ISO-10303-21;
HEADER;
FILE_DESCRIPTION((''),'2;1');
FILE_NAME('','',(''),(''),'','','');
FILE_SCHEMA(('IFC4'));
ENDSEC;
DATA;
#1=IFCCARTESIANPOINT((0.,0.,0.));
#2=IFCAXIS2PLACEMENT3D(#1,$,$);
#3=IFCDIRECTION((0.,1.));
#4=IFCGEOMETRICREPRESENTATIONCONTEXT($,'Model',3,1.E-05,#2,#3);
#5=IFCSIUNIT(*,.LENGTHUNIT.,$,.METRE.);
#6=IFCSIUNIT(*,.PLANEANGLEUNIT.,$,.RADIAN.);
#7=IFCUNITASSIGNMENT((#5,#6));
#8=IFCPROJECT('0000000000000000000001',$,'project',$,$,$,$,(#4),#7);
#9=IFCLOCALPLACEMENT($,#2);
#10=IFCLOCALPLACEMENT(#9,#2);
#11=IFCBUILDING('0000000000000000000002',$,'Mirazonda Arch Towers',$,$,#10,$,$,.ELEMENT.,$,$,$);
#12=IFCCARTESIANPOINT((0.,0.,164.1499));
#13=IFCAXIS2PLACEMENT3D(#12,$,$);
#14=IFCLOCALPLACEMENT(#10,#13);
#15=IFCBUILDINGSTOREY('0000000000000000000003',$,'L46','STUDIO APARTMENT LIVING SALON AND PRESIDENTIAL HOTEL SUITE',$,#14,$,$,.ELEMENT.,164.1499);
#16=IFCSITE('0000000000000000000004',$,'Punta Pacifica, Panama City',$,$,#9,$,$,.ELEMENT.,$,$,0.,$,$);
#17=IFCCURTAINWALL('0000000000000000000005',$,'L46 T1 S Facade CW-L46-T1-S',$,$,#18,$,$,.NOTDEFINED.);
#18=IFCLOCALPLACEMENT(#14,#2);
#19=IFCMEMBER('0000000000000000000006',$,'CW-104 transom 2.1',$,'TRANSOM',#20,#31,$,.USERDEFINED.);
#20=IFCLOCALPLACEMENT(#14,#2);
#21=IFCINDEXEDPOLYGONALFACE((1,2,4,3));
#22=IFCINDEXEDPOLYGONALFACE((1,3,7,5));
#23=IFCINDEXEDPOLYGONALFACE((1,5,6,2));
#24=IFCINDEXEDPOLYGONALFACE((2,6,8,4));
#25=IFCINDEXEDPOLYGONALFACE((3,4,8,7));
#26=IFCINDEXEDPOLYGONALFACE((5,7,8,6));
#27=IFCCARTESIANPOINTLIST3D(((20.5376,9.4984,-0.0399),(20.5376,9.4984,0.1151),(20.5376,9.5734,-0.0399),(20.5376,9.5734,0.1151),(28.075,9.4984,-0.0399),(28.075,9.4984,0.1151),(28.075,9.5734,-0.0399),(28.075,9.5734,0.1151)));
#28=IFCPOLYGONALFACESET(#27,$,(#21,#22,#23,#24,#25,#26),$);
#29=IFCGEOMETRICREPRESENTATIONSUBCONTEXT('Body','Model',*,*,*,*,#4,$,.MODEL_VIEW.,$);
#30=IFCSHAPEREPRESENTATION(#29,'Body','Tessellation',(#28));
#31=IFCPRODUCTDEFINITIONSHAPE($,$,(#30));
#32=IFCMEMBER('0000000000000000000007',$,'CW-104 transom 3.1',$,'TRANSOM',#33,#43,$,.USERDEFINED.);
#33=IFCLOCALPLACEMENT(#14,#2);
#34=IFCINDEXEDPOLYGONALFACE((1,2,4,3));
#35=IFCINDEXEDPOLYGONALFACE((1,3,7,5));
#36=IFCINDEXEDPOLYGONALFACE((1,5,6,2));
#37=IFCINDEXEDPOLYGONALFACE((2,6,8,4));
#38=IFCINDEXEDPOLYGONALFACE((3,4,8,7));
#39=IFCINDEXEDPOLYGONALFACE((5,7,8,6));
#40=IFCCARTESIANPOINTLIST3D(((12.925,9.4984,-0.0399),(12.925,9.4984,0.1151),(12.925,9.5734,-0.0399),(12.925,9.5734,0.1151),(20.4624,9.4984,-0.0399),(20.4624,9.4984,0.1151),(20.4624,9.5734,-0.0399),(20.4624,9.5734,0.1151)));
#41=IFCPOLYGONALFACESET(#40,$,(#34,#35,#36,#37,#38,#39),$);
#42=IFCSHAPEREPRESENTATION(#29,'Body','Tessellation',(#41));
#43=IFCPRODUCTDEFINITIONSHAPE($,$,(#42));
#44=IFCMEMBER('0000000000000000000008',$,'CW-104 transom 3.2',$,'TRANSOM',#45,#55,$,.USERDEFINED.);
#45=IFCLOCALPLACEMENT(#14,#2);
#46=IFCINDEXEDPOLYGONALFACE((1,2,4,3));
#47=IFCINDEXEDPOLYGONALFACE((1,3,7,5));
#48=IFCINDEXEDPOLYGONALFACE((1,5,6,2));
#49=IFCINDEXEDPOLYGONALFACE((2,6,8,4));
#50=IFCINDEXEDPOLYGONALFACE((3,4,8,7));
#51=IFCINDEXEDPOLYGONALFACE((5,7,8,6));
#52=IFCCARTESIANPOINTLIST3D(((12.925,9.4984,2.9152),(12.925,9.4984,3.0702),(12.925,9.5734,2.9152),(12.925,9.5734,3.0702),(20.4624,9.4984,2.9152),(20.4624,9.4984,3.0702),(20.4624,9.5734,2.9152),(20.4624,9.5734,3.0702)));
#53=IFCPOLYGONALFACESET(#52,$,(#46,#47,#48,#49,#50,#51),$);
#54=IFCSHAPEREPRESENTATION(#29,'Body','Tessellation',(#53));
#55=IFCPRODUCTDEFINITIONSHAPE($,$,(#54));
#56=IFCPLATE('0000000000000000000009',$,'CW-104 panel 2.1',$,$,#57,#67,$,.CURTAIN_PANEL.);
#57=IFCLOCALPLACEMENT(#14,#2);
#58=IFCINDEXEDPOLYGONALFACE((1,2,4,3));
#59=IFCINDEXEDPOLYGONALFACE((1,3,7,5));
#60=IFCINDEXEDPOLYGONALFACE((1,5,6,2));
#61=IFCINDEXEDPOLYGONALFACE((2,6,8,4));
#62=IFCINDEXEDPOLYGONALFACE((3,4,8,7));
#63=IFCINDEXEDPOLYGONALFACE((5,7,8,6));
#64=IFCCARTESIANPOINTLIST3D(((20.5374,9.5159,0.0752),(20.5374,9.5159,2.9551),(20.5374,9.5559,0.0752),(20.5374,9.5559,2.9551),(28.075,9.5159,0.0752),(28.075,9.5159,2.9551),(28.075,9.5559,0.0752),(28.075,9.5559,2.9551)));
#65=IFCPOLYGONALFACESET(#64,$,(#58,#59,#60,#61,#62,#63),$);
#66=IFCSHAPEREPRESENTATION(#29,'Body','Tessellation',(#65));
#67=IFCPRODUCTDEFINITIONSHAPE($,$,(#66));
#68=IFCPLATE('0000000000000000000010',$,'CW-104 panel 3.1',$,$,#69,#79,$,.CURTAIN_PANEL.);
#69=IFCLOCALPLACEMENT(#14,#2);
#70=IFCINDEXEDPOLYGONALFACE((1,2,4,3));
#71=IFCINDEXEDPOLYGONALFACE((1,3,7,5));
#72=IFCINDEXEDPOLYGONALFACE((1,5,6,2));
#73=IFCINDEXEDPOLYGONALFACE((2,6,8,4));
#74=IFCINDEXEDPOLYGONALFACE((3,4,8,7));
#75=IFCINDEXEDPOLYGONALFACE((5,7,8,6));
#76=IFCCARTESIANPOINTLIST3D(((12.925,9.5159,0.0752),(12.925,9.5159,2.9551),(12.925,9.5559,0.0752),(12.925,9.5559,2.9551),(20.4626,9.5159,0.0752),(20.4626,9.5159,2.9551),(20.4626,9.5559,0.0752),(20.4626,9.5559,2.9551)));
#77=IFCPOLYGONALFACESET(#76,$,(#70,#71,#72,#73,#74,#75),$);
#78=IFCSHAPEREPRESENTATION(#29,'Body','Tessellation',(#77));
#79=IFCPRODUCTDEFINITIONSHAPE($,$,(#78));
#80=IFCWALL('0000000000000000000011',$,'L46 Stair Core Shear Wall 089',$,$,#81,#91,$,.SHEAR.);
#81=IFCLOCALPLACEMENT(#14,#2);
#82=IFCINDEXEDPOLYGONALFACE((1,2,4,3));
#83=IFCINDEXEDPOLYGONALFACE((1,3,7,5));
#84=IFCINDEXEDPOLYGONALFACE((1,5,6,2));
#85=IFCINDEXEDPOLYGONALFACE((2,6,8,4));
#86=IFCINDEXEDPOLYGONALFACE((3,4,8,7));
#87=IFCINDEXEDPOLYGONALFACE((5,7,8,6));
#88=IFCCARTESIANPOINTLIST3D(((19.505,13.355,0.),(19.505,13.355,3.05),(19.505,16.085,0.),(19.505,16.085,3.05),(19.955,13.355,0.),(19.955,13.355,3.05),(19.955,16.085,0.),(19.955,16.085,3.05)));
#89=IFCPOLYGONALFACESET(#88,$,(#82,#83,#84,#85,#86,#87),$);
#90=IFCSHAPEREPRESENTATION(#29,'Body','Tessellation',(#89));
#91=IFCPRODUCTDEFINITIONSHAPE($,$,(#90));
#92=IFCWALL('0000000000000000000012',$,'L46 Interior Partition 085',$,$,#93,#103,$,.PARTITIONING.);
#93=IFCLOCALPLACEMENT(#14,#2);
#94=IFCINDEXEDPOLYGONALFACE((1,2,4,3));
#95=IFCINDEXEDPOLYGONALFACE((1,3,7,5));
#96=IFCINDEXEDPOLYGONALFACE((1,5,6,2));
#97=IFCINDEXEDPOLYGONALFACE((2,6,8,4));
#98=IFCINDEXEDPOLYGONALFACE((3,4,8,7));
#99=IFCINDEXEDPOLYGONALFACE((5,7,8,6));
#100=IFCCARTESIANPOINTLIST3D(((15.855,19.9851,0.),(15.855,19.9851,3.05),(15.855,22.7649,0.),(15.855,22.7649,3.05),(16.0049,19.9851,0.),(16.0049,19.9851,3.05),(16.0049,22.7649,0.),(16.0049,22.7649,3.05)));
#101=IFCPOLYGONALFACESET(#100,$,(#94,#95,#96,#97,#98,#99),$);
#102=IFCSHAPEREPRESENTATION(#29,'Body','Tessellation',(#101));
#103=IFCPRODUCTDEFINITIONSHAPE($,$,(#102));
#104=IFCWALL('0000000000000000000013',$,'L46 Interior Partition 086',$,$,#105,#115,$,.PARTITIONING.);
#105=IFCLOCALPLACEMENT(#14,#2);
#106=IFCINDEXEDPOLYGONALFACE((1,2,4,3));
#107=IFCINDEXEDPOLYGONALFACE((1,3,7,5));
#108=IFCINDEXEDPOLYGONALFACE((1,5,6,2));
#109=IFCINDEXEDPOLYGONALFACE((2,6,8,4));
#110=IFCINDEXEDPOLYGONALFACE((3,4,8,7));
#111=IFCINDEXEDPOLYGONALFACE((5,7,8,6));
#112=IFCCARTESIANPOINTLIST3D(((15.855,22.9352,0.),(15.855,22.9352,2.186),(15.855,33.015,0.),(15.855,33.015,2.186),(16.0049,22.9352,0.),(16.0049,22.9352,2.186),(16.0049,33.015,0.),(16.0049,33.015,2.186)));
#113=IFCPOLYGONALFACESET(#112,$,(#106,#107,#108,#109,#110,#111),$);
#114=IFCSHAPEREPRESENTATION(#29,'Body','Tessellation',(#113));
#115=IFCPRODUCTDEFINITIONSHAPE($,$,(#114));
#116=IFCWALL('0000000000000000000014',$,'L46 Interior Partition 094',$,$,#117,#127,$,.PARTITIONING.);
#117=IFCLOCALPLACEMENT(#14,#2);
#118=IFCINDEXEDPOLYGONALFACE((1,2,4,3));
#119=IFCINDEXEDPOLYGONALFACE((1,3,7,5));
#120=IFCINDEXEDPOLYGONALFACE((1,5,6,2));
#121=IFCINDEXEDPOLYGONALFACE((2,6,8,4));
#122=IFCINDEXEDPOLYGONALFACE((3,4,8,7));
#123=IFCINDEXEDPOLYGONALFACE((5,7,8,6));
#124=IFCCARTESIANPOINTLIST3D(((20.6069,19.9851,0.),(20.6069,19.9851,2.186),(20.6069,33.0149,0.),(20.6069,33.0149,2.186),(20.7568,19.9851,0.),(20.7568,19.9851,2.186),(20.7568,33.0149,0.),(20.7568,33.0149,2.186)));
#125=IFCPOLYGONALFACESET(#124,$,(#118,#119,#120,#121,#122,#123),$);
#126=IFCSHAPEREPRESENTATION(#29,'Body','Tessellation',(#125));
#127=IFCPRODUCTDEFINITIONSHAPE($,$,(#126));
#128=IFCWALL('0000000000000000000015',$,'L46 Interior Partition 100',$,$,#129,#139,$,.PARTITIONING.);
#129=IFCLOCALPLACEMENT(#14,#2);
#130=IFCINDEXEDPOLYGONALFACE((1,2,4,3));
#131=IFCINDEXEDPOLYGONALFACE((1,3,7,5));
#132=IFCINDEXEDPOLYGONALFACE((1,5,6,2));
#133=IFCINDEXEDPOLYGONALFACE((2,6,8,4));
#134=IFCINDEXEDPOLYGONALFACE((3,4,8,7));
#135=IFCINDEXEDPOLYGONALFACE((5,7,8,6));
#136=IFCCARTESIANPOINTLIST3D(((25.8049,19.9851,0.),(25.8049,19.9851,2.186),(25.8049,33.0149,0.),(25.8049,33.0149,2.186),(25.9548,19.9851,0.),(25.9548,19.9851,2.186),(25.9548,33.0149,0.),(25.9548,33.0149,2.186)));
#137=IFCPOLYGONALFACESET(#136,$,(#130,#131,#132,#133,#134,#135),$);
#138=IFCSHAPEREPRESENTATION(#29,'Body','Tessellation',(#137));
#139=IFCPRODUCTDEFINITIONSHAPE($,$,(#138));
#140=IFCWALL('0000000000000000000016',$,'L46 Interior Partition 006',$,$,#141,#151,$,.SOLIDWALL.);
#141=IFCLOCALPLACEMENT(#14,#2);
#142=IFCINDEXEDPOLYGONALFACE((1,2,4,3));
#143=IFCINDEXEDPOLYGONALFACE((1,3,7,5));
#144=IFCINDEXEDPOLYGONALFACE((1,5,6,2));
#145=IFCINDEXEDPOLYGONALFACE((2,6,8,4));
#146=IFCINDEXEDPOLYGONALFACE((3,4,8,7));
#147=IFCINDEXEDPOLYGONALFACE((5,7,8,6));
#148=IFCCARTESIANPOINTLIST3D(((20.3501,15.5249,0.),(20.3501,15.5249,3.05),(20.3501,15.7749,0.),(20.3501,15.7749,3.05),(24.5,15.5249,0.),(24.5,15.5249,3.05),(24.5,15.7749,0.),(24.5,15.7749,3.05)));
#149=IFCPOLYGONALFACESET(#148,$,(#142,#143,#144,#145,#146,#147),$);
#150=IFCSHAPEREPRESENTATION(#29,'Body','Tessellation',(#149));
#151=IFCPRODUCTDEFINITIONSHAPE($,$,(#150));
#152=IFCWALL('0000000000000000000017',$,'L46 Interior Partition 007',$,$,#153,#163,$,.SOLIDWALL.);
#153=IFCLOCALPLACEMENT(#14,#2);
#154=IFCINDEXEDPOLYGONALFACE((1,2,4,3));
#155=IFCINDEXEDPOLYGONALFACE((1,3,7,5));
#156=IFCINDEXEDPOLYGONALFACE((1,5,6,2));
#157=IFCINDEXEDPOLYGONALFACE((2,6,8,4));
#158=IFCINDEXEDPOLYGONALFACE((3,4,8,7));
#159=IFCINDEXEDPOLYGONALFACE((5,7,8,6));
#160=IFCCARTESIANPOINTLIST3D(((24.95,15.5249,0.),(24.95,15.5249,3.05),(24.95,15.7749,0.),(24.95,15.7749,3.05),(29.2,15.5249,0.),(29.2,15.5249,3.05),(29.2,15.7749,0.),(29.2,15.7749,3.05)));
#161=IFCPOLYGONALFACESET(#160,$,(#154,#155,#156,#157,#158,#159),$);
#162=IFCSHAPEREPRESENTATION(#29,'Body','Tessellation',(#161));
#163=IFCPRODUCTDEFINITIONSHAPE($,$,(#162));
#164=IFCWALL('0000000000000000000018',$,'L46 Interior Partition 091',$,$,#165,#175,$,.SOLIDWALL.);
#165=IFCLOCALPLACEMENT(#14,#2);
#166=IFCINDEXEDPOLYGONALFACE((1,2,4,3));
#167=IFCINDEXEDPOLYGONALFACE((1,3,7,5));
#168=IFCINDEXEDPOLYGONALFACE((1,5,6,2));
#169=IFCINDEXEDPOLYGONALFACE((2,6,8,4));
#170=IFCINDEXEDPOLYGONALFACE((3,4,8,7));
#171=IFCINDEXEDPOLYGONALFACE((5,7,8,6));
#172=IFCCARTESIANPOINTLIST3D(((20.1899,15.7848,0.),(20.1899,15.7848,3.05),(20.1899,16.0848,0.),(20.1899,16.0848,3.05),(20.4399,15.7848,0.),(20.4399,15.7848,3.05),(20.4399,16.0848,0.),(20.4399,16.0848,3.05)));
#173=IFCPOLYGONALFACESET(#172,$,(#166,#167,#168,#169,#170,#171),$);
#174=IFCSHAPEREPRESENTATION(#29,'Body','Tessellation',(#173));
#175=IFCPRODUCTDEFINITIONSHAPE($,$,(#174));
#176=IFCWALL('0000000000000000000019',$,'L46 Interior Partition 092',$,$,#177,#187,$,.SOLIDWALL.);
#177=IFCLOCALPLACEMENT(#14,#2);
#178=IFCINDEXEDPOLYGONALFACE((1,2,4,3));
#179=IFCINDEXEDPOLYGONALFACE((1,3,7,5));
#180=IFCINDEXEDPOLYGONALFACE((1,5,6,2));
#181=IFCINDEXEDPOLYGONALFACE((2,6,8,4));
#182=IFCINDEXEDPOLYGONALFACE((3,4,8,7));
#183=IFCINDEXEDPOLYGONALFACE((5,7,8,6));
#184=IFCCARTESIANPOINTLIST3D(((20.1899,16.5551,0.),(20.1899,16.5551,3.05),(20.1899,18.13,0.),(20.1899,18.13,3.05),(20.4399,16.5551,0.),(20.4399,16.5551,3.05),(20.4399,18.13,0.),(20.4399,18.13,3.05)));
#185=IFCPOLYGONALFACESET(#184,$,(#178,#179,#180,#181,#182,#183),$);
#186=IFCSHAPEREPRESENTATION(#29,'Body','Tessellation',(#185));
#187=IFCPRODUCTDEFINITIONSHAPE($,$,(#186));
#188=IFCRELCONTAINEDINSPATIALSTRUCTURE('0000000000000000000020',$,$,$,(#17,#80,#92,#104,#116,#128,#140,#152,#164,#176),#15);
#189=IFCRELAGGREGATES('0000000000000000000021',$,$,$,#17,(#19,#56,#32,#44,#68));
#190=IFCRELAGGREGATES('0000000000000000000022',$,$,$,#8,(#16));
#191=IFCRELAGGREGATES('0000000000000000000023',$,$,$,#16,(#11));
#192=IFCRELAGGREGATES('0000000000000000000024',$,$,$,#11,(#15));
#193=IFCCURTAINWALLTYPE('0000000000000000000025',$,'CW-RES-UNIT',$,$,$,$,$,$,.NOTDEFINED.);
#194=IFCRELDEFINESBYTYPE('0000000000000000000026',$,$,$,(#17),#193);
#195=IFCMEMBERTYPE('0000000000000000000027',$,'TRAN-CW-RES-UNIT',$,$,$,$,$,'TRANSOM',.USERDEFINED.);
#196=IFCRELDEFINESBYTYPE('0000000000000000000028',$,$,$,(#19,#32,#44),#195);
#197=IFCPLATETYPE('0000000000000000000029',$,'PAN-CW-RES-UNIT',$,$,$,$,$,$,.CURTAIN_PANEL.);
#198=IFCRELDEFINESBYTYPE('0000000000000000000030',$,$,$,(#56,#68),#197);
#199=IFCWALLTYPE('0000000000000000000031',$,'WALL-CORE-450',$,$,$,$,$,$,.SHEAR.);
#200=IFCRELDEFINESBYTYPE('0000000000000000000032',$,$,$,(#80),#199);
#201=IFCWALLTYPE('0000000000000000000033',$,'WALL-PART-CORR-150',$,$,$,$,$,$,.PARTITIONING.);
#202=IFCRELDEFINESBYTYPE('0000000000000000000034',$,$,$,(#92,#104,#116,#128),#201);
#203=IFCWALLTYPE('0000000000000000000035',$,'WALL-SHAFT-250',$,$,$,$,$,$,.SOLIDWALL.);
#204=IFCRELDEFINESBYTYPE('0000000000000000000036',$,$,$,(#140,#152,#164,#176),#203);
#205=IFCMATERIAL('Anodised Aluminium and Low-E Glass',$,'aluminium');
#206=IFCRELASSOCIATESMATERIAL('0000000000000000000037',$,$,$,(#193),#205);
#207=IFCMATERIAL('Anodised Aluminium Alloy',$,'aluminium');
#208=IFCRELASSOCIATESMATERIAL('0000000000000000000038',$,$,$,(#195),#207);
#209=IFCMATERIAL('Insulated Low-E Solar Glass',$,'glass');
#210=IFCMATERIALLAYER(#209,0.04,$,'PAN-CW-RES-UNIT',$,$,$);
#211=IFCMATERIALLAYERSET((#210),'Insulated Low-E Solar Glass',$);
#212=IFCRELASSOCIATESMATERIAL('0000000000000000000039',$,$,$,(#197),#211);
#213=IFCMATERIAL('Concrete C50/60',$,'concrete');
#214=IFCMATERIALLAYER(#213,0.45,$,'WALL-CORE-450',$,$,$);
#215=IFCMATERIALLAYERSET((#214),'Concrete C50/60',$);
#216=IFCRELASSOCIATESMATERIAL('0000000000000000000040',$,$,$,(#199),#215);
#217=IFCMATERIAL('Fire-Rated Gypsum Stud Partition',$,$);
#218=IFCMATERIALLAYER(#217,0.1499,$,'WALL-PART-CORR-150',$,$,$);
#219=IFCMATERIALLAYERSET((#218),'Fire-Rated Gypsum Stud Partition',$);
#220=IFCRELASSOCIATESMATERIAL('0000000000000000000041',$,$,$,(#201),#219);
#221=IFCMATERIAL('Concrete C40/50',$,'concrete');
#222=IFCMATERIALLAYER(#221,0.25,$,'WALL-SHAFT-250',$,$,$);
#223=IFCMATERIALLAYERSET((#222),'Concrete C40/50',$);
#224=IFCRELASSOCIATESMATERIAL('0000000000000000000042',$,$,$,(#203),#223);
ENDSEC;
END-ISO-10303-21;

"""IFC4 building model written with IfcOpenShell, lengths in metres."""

from ifc_helpers import new_model, si_unit, direction, frame, frame_2d, origin, origin_2d, place, context, subcontext, project, spatial, rectangle, extrude, material, layer, layer_set, material_profile, profile_set, type_object, element, aggregate, save


model = new_model("IFC4")

# Units and contexts
model_context = context("Model", 3, precision=1e-05, world=origin(), true_north=direction((0.0, 1.0)))
body_context = subcontext(model_context, "Body", "Model", "MODEL_VIEW")
ifc_project = project(units=[si_unit("LENGTHUNIT", "METRE"), si_unit("PLANEANGLEUNIT", "RADIAN")], contexts=[model_context])

# Site, building, storey
site_placement = place(None, origin())
site = spatial("IfcSite", under=ifc_project, at=site_placement, Name="Punta Pacifica, Panama City", CompositionType="ELEMENT", RefElevation=0.0)
building_placement = place(site_placement, origin())
building = spatial("IfcBuilding", under=site, at=building_placement, Name="Mirazonda Arch Towers", CompositionType="ELEMENT")
storey_placement = place(building_placement, frame((0.0, 0.0, 164.1499)))
storey = spatial("IfcBuildingStorey", under=building, at=storey_placement, Name="L46", Description="STUDIO APARTMENT LIVING SALON AND PRESIDENTIAL HOTEL SUITE", CompositionType="ELEMENT", Elevation=164.1499)

# Shared definitions
ifc_material_1 = material(Name="Concrete C50/60", Category="concrete")

# Curtain wall, members, plates
ifc_material_2 = material(Name="Anodised Aluminium and Low-E Glass", Category="aluminium")
curtain_wall_type = type_object("IfcCurtainWallType", Name="CW-RES-UNIT", PredefinedType="NOTDEFINED", material=ifc_material_2)
curtain_wall_placement = place(storey_placement, origin())
curtain_wall = element("IfcCurtainWall", 1, at=curtain_wall_placement, inside=storey, type_object=curtain_wall_type, Name="L46 T1 S Facade CW-L46-T1-S", PredefinedType="NOTDEFINED")
ifc_material_3 = material(Name="Anodised Aluminium Alloy", Category="aluminium")
ifc_material_profile_1 = material_profile(ifc_material_3, rectangle(XDim=0.075, YDim=0.155, at=origin_2d()), Name="ALU-TRAN-75x155")
ifc_profile_set_1 = profile_set([ifc_material_profile_1], Name="Anodised Aluminium Alloy")
member_type_1 = type_object("IfcMemberType", Name="TRAN-CW-RES-UNIT", ElementType="TRANSOM", PredefinedType="USERDEFINED", material=ifc_profile_set_1)
member_1_placement = place(storey_placement, frame((28.075, 9.5359, 0.0376), z_axis=(-1.0, 0.0, 0.0), x_axis=(0.0, -1.0, 0.0)))
member_1 = element("IfcMember", 2, at=member_1_placement, type_object=member_type_1, Name="CW-104 transom 2.1", ObjectType="TRANSOM", PredefinedType="USERDEFINED", context=body_context, shape_type="SweptSolid", body=[
    extrude(rectangle(XDim=0.075, YDim=0.155, at=origin_2d()), origin(), (0.0, 0.0, 1.0), 7.5374),
])
member_2_placement = place(storey_placement, frame((20.4624, 9.5359, 0.0376), z_axis=(-1.0, 0.0, 0.0), x_axis=(0.0, -1.0, 0.0)))
member_2 = element("IfcMember", 3, at=member_2_placement, type_object=member_type_1, Name="CW-104 transom 3.1", ObjectType="TRANSOM", PredefinedType="USERDEFINED", context=body_context, shape_type="SweptSolid", body=[
    extrude(rectangle(XDim=0.075, YDim=0.155, at=origin_2d()), origin(), (0.0, 0.0, 1.0), 7.5374),
])
member_3_placement = place(storey_placement, frame((20.4624, 9.5359, 2.9927), z_axis=(-1.0, 0.0, 0.0), x_axis=(0.0, -1.0, 0.0)))
member_3 = element("IfcMember", 4, at=member_3_placement, type_object=member_type_1, Name="CW-104 transom 3.2", ObjectType="TRANSOM", PredefinedType="USERDEFINED", context=body_context, shape_type="SweptSolid", body=[
    extrude(rectangle(XDim=0.075, YDim=0.155, at=origin_2d()), origin(), (0.0, 0.0, 1.0), 7.5374),
])
ifc_material_4 = material(Name="Insulated Low-E Solar Glass", Category="glass")
ifc_layer_1 = layer(ifc_material_4, 0.04, Name="PAN-CW-RES-UNIT")
ifc_layer_set_1 = layer_set([ifc_layer_1], Name="Insulated Low-E Solar Glass")
plate_type = type_object("IfcPlateType", Name="PAN-CW-RES-UNIT", PredefinedType="CURTAIN_PANEL", material=ifc_layer_set_1)
plate_1_placement = place(storey_placement, frame((24.3062, 9.5359, 0.0752), z_axis=(0.0, 0.0, 1.0), x_axis=(-1.0, 0.0, 0.0)))
plate_1 = element("IfcPlate", 5, at=plate_1_placement, type_object=plate_type, Name="CW-104 panel 2.1", PredefinedType="CURTAIN_PANEL", context=body_context, shape_type="SweptSolid", body=[
    extrude(rectangle(XDim=7.5376, YDim=0.04, at=origin_2d()), origin(), (0.0, 0.0, 1.0), 2.8799),
])
plate_2_placement = place(storey_placement, frame((16.6938, 9.5359, 0.0752), z_axis=(0.0, 0.0, 1.0), x_axis=(-1.0, 0.0, 0.0)))
plate_2 = element("IfcPlate", 6, at=plate_2_placement, type_object=plate_type, Name="CW-104 panel 3.1", PredefinedType="CURTAIN_PANEL", context=body_context, shape_type="SweptSolid", body=[
    extrude(rectangle(XDim=7.5376, YDim=0.04, at=origin_2d()), origin(), (0.0, 0.0, 1.0), 2.8799),
])
aggregate(curtain_wall, [member_1, plate_1, member_2, member_3, plate_2])

# Walls
ifc_layer_2 = layer(ifc_material_1, 0.45, Name="WALL-CORE-450")
ifc_layer_set_2 = layer_set([ifc_layer_2], Name="Concrete C50/60")
wall_type_1 = type_object("IfcWallType", Name="WALL-CORE-450", PredefinedType="SHEAR", material=ifc_layer_set_2)
wall_1_placement = place(storey_placement, frame((19.73, 13.355, 0.0), z_axis=(0.0, 0.0, 1.0), x_axis=(0.0, 1.0, 0.0)))
element("IfcWall", 7, at=wall_1_placement, inside=storey, type_object=wall_type_1, Name="L46 Stair Core Shear Wall 089", PredefinedType="SHEAR", context=body_context, shape_type="SweptSolid", body=[
    extrude(rectangle(XDim=2.73, YDim=0.45, at=frame_2d((1.365, 0.0))), origin(), (0.0, 0.0, 1.0), 3.05),
])
ifc_material_5 = material(Name="Fire-Rated Gypsum Stud Partition")
ifc_layer_3 = layer(ifc_material_5, 0.1499, Name="WALL-PART-CORR-150")
ifc_layer_set_3 = layer_set([ifc_layer_3], Name="Fire-Rated Gypsum Stud Partition")
wall_type_2 = type_object("IfcWallType", Name="WALL-PART-CORR-150", PredefinedType="PARTITIONING", material=ifc_layer_set_3)
wall_2_placement = place(storey_placement, frame((15.9299, 19.9851, 0.0), z_axis=(0.0, 0.0, 1.0), x_axis=(0.0, 1.0, 0.0)))
element("IfcWall", 8, at=wall_2_placement, inside=storey, type_object=wall_type_2, Name="L46 Interior Partition 085", PredefinedType="PARTITIONING", context=body_context, shape_type="SweptSolid", body=[
    extrude(rectangle(XDim=2.7798, YDim=0.1499, at=frame_2d((1.3899, 0.0))), origin(), (0.0, 0.0, 1.0), 3.05),
])
wall_3_placement = place(storey_placement, frame((15.9299, 22.9351, 0.0), z_axis=(0.0, 0.0, 1.0), x_axis=(0.0, 1.0, 0.0)))
element("IfcWall", 9, at=wall_3_placement, inside=storey, type_object=wall_type_2, Name="L46 Interior Partition 086", PredefinedType="PARTITIONING", context=body_context, shape_type="SweptSolid", body=[
    extrude(rectangle(XDim=10.0798, YDim=0.1499, at=frame_2d((5.04, 0.0))), origin(), (0.0, 0.0, 1.0), 2.186),
])
for number, where, z_axis, x_axis, name in (
    (10, (20.6819, 19.9851, 0.0), (0.0, 0.0, 1.0), (0.0, 1.0, 0.0), "L46 Interior Partition 094"),
    (11, (25.8799, 19.9851, 0.0), (0.0, 0.0, 1.0), (0.0, 1.0, 0.0), "L46 Interior Partition 100"),
):
    element("IfcWall", number, at=place(storey_placement, frame(where, z_axis=z_axis, x_axis=x_axis)), inside=storey, type_object=wall_type_2, Name=name, PredefinedType="PARTITIONING", context=body_context, shape_type="SweptSolid", body=[
        extrude(rectangle(XDim=13.0298, YDim=0.1499, at=frame_2d((6.5149, 0.0))), origin(), (0.0, 0.0, 1.0), 2.186),
    ])
ifc_material_6 = material(Name="Concrete C40/50", Category="concrete")
ifc_layer_4 = layer(ifc_material_6, 0.25, Name="WALL-SHAFT-250")
ifc_layer_set_4 = layer_set([ifc_layer_4], Name="Concrete C40/50")
wall_type_3 = type_object("IfcWallType", Name="WALL-SHAFT-250", PredefinedType="SOLIDWALL", material=ifc_layer_set_4)
wall_4_placement = place(storey_placement, frame((20.3501, 15.6499, 0.0), z_axis=(0.0, 0.0, 1.0), x_axis=(1.0, 0.0, 0.0)))
element("IfcWall", 12, at=wall_4_placement, inside=storey, type_object=wall_type_3, Name="L46 Interior Partition 006", PredefinedType="SOLIDWALL", context=body_context, shape_type="SweptSolid", body=[
    extrude(rectangle(XDim=4.1499, YDim=0.25, at=frame_2d((2.075, 0.0))), origin(), (0.0, 0.0, 1.0), 3.05),
])
wall_5_placement = place(storey_placement, frame((24.95, 15.6499, 0.0), z_axis=(0.0, 0.0, 1.0), x_axis=(1.0, 0.0, 0.0)))
element("IfcWall", 13, at=wall_5_placement, inside=storey, type_object=wall_type_3, Name="L46 Interior Partition 007", PredefinedType="SOLIDWALL", context=body_context, shape_type="SweptSolid", body=[
    extrude(rectangle(XDim=4.25, YDim=0.25, at=frame_2d((2.125, 0.0))), origin(), (0.0, 0.0, 1.0), 3.05),
])
wall_6_placement = place(storey_placement, frame((20.3149, 15.7849, 0.0), z_axis=(0.0, 0.0, 1.0), x_axis=(0.0, 1.0, 0.0)))
element("IfcWall", 14, at=wall_6_placement, inside=storey, type_object=wall_type_3, Name="L46 Interior Partition 091", PredefinedType="SOLIDWALL", context=body_context, shape_type="SweptSolid", body=[
    extrude(rectangle(XDim=0.3, YDim=0.25, at=frame_2d((0.1499, 0.0))), origin(), (0.0, 0.0, 1.0), 3.05),
])
wall_7_placement = place(storey_placement, frame((20.3149, 16.5549, 0.0), z_axis=(0.0, 0.0, 1.0), x_axis=(0.0, 1.0, 0.0)))
element("IfcWall", 15, at=wall_7_placement, inside=storey, type_object=wall_type_3, Name="L46 Interior Partition 092", PredefinedType="SOLIDWALL", context=body_context, shape_type="SweptSolid", body=[
    extrude(rectangle(XDim=1.575, YDim=0.25, at=frame_2d((0.7876, 0.0))), origin(), (0.0, 0.0, 1.0), 3.05),
])

save(model, "model.ifc")
